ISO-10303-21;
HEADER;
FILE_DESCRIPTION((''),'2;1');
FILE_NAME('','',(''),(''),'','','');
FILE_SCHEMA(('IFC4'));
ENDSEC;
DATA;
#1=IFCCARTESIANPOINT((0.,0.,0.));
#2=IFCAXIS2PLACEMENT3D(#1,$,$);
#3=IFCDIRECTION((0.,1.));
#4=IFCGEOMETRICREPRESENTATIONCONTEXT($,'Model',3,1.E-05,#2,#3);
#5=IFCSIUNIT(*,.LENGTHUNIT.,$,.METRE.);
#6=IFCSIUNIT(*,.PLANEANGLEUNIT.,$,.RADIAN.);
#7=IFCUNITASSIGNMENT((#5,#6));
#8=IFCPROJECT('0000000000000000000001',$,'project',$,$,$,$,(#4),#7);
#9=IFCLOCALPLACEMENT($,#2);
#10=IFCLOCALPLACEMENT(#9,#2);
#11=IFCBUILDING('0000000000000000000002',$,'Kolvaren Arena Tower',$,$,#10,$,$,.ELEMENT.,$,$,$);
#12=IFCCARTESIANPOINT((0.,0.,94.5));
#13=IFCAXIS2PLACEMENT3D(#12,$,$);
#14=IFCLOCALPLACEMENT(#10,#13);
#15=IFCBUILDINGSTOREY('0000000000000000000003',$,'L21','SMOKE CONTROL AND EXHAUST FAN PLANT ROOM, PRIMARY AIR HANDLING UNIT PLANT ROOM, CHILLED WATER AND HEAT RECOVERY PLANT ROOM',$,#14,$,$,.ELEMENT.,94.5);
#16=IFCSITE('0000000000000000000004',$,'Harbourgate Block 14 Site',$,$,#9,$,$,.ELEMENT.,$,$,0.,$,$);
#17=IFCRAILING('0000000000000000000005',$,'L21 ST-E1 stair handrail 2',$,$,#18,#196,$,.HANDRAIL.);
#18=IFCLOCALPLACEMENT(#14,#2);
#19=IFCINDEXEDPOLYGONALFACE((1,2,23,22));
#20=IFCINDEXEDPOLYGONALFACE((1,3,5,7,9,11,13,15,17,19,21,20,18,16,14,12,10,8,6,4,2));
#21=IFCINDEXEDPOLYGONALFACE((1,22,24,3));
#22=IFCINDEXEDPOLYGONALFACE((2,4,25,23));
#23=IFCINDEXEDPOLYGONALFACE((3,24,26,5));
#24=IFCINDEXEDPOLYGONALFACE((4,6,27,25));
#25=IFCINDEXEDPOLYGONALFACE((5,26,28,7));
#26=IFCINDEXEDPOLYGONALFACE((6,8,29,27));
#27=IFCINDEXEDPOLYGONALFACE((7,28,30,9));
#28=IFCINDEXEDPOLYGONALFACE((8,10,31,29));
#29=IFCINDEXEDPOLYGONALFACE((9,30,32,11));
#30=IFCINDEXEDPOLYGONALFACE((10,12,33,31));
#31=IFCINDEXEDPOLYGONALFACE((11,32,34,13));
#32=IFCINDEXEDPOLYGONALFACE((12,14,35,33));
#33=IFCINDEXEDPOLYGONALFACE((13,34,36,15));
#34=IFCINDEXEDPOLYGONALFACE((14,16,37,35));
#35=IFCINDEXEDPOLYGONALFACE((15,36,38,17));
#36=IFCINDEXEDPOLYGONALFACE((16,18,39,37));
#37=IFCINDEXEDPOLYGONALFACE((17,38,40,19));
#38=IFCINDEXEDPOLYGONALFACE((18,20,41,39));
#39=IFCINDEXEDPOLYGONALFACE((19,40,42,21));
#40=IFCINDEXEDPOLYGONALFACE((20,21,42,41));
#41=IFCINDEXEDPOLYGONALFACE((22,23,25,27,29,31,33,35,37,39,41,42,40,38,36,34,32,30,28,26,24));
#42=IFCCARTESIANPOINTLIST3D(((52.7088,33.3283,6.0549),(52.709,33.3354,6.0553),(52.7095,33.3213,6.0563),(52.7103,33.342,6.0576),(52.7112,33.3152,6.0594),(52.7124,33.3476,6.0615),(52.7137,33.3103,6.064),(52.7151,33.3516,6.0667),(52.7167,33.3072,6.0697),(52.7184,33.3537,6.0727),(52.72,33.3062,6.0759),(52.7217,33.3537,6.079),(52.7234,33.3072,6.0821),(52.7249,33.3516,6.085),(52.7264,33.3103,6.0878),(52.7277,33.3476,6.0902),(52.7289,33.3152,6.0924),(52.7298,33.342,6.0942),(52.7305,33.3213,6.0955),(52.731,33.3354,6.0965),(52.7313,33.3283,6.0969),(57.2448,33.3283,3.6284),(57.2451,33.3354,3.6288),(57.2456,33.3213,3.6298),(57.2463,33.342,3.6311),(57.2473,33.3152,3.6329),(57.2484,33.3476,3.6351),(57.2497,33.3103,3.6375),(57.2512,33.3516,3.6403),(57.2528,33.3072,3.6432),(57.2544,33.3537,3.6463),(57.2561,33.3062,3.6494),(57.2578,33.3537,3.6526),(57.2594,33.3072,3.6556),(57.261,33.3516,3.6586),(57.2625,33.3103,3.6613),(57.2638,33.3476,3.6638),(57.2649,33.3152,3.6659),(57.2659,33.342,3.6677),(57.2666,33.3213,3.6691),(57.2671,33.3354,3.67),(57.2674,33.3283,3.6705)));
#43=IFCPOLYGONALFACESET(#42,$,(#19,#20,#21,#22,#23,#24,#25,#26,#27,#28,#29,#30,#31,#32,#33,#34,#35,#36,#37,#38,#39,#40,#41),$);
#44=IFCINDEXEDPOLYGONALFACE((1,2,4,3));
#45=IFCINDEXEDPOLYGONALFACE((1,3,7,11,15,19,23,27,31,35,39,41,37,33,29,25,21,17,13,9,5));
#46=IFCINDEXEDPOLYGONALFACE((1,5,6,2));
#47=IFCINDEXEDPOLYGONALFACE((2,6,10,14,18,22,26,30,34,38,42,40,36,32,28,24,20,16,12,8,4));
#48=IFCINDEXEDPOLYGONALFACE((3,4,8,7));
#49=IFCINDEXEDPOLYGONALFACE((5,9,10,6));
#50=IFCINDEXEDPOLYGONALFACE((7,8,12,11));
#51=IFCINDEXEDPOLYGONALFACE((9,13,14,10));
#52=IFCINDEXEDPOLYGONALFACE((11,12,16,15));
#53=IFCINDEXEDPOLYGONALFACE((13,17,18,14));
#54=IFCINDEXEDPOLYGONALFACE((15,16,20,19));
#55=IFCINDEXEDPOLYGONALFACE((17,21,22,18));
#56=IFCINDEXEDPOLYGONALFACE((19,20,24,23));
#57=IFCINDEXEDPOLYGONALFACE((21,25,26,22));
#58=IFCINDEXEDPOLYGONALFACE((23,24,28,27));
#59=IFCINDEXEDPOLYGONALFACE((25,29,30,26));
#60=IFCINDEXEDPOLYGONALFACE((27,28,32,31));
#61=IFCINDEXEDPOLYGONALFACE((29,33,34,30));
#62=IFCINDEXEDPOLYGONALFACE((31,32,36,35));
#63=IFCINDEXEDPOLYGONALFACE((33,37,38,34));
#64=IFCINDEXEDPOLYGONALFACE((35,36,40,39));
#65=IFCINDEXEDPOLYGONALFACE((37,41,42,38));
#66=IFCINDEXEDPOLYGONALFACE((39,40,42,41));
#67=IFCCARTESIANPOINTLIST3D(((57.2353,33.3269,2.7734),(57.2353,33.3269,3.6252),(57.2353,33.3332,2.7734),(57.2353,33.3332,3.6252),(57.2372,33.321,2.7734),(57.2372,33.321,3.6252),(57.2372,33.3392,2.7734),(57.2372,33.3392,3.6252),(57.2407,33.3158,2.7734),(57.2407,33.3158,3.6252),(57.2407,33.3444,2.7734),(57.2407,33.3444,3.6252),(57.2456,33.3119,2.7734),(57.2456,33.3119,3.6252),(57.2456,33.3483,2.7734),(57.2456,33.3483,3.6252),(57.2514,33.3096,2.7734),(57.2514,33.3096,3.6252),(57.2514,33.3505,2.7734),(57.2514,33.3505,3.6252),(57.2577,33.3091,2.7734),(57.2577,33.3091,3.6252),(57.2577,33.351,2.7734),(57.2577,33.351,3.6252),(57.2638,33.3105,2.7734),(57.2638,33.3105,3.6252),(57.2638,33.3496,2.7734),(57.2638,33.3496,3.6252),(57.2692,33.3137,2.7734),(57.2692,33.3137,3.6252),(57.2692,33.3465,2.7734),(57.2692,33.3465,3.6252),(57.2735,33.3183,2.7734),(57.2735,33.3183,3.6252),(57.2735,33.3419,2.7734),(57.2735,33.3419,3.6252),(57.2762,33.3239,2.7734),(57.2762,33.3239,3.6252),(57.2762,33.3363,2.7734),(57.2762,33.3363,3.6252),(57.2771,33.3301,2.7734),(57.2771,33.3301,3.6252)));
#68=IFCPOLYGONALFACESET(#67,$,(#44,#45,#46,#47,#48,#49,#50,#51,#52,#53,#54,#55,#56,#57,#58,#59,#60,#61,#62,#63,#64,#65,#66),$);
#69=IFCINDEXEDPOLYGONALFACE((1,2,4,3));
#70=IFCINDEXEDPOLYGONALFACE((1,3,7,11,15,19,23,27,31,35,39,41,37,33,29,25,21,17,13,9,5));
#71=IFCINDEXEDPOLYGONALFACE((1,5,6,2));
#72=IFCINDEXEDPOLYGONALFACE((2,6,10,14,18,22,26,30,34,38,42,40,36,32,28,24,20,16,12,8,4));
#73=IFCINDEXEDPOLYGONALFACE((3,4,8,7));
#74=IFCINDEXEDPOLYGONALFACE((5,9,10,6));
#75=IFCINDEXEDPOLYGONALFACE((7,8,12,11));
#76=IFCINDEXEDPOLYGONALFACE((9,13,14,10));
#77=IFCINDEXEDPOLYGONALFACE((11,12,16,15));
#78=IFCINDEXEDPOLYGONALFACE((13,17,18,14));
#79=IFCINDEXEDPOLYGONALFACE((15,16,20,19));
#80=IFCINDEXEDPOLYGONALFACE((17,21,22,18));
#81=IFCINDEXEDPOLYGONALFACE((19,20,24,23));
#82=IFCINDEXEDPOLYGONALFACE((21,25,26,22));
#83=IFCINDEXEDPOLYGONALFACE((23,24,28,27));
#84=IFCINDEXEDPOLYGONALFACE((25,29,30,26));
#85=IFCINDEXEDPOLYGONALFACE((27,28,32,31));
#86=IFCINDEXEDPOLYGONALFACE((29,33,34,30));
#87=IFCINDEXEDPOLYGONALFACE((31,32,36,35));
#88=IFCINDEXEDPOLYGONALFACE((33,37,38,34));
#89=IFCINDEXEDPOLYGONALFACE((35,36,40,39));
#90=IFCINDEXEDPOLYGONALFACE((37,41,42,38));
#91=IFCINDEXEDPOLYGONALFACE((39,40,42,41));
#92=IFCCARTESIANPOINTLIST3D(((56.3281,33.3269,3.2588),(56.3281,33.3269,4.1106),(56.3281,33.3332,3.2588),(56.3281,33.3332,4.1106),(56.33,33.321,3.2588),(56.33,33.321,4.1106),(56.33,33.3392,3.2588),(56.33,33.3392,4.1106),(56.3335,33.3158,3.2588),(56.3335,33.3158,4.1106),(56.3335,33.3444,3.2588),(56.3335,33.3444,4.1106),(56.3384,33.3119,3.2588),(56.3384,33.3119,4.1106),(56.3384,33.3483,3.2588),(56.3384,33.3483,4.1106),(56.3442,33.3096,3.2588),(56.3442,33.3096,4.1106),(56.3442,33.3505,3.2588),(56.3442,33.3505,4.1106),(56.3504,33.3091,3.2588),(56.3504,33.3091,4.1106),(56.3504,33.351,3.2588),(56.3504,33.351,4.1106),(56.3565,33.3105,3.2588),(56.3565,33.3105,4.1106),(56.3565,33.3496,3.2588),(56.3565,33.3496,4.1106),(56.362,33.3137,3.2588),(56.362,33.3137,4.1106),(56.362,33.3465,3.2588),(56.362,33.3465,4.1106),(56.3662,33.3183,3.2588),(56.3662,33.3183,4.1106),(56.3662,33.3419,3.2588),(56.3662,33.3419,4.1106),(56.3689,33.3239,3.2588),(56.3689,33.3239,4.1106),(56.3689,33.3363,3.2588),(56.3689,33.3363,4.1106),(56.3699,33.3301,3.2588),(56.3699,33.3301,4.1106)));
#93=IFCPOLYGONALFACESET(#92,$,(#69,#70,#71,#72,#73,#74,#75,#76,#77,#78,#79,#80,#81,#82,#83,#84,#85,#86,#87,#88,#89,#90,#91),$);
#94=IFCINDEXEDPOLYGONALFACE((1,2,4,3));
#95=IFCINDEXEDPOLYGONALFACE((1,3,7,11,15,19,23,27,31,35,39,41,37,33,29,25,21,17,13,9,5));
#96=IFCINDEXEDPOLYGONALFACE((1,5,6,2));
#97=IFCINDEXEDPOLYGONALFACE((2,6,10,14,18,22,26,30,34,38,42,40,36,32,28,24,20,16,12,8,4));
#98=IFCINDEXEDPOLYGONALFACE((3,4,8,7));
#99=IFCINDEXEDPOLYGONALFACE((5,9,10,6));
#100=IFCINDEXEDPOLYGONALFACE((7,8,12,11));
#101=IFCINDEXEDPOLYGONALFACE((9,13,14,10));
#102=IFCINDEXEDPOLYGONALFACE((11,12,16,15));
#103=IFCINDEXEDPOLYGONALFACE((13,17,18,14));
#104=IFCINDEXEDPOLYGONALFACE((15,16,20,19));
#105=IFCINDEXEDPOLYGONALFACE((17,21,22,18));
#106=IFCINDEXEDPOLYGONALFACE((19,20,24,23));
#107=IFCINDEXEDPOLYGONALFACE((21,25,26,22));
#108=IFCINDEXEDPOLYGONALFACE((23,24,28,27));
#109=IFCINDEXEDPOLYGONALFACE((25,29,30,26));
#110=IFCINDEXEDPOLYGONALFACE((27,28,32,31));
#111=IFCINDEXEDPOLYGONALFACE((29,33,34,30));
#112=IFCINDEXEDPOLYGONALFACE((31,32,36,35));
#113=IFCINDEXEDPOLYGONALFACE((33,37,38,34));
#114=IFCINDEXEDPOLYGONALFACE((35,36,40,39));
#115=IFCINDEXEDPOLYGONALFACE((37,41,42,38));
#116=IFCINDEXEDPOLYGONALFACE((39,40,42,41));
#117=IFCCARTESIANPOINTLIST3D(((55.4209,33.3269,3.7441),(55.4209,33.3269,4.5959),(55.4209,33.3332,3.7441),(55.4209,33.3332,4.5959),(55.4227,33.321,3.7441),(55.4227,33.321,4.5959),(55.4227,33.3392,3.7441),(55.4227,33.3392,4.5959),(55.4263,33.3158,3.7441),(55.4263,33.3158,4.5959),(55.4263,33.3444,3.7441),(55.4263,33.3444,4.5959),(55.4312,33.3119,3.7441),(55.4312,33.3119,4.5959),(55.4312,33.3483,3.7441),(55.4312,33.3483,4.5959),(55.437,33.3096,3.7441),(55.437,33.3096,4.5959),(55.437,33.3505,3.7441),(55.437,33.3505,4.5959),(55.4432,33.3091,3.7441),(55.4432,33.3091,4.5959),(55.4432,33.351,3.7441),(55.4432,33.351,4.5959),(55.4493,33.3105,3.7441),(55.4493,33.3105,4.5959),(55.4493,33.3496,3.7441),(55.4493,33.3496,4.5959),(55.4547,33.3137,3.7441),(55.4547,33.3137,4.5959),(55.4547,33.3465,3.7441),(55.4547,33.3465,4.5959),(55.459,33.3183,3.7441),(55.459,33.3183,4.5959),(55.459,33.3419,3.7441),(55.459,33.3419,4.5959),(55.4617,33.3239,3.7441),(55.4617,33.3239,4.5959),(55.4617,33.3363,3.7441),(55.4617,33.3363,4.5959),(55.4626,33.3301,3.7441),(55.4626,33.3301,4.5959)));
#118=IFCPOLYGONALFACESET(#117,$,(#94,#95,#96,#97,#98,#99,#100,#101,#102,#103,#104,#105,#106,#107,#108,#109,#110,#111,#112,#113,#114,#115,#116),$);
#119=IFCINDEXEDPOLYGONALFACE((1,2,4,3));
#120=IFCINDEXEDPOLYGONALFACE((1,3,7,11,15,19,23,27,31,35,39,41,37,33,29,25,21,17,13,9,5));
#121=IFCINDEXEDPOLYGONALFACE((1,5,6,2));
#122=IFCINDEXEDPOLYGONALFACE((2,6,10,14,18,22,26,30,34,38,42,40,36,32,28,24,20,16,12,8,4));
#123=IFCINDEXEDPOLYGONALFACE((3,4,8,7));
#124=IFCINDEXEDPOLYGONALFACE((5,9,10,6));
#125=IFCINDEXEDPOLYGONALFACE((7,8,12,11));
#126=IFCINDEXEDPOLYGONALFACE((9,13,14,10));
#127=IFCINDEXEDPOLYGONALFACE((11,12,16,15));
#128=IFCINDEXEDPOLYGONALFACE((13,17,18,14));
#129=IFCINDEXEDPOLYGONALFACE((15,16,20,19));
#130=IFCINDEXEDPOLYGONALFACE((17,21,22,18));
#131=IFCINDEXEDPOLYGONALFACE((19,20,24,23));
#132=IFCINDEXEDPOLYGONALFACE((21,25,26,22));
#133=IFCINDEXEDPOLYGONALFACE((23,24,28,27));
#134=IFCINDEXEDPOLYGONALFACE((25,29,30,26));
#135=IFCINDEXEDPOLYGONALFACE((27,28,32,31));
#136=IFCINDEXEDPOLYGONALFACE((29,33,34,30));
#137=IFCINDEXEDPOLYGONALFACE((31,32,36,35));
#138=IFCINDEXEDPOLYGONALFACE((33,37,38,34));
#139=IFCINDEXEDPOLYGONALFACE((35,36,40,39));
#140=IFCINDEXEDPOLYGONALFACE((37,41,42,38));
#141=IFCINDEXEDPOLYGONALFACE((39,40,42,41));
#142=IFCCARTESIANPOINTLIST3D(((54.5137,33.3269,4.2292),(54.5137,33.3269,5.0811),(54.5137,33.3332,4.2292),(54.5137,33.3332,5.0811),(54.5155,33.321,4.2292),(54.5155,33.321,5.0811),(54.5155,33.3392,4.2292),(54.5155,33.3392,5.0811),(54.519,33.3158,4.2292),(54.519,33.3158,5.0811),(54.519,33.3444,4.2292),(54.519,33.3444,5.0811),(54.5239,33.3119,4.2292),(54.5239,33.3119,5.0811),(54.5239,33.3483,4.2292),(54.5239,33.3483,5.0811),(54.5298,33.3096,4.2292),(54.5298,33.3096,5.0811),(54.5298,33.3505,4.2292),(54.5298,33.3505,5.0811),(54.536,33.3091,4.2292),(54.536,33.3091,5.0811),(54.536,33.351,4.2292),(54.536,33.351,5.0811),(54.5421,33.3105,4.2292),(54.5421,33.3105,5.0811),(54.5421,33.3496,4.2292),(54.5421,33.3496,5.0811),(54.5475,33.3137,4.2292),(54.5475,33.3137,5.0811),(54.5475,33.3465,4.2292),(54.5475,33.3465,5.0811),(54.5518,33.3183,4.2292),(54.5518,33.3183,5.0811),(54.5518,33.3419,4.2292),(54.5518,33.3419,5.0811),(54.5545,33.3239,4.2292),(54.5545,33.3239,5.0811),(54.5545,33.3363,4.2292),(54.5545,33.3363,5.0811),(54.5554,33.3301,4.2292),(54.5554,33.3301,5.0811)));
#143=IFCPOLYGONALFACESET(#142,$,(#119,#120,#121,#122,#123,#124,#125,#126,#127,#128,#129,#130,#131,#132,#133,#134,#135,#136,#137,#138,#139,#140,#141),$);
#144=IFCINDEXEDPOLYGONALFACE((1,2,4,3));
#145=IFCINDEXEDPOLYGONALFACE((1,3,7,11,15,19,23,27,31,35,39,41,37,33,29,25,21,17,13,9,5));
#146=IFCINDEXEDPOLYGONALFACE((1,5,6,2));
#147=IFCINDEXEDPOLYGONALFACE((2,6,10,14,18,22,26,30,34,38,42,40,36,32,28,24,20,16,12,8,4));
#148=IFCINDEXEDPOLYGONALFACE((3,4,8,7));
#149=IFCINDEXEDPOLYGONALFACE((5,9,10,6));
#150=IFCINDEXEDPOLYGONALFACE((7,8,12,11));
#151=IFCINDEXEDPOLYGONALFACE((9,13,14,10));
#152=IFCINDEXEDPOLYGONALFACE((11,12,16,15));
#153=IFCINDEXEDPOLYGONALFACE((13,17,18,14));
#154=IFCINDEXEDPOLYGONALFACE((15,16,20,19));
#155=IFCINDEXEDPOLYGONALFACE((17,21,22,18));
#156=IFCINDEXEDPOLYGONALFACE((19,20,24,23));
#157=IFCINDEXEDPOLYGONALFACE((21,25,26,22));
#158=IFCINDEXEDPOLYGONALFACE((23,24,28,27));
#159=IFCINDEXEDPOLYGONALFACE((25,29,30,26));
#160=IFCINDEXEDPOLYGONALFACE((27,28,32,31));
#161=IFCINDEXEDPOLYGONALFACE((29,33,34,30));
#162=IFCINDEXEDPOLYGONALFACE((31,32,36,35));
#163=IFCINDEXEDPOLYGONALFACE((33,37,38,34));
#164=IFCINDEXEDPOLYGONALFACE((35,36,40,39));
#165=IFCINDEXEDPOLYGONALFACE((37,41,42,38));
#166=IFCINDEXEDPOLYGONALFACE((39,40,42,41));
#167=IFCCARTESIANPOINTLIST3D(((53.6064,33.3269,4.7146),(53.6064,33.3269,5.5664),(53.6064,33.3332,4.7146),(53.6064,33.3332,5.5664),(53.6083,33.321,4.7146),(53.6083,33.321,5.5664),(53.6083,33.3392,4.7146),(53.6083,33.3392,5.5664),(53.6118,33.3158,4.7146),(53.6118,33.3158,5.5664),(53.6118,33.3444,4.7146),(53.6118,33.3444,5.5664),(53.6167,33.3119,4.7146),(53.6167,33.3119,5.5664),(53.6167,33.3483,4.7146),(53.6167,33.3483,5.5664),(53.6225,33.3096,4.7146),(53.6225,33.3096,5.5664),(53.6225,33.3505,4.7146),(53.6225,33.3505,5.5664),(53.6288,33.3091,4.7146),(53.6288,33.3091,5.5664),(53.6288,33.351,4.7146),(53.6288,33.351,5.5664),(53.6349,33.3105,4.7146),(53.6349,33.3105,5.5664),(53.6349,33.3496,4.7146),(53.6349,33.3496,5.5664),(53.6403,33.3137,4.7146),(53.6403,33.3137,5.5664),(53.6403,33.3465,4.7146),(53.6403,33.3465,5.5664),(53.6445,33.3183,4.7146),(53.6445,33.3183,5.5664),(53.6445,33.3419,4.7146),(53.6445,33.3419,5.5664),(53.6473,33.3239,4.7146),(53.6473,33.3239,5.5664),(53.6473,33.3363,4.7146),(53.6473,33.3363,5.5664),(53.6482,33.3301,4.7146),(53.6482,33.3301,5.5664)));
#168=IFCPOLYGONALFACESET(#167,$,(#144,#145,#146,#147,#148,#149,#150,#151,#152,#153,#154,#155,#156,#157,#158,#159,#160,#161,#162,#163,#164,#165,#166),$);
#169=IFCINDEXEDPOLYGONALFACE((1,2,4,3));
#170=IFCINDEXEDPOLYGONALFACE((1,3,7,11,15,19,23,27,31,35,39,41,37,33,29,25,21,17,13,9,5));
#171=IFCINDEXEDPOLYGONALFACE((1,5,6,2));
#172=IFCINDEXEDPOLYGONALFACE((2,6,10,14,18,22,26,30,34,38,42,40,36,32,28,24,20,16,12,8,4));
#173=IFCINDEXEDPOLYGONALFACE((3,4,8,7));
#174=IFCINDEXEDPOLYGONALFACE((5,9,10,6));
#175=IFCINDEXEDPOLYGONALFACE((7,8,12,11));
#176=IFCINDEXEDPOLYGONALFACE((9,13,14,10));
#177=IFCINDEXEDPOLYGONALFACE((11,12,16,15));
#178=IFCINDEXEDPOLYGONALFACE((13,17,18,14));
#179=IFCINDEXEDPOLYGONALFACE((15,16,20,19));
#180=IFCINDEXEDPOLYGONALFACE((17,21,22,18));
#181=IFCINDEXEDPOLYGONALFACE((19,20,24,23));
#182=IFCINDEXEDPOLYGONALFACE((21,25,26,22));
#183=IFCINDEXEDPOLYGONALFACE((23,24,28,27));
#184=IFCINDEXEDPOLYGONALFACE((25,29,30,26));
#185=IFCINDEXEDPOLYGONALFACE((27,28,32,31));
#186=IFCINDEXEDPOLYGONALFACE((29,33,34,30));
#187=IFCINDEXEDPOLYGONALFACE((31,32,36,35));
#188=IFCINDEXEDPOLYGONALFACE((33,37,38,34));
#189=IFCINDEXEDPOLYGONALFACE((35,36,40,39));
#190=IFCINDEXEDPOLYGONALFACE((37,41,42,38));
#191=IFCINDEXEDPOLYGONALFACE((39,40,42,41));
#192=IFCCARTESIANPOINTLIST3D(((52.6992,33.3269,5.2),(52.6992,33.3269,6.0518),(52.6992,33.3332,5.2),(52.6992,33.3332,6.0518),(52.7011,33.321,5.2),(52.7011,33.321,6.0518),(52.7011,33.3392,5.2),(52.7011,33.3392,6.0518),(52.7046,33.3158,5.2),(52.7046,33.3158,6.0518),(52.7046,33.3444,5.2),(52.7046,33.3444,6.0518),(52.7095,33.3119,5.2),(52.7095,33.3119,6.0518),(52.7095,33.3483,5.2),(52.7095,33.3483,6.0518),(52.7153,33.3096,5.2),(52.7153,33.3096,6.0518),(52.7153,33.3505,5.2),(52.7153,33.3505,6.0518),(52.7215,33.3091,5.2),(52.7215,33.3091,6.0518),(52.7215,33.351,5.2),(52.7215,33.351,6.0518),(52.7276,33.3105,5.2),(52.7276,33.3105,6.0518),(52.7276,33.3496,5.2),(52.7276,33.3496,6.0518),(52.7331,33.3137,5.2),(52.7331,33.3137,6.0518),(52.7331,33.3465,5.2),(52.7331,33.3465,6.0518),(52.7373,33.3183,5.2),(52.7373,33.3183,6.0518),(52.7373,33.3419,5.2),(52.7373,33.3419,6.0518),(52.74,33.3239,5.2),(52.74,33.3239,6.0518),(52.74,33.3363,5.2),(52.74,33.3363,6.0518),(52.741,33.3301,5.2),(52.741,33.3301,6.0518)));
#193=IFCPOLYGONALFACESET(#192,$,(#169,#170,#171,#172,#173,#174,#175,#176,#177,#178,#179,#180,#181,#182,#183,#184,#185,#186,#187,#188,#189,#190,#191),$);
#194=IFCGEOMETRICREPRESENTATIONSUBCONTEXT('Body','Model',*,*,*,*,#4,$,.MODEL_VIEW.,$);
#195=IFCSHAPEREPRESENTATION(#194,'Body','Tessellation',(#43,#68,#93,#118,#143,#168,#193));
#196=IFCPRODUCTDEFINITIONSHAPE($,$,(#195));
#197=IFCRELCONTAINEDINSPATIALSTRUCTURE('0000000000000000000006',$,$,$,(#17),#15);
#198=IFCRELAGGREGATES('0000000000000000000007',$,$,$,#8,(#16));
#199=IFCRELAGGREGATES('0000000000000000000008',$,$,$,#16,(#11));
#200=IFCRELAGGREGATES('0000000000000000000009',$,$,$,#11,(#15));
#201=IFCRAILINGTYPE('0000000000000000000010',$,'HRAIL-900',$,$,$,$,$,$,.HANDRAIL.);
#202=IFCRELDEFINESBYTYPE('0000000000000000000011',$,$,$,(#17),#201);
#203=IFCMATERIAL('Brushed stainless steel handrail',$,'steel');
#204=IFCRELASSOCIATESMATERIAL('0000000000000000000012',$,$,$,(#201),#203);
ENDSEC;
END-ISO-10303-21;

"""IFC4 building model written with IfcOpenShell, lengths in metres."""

from ifc_helpers import new_model, si_unit, direction, frame, origin, origin_2d, place, context, subcontext, project, spatial, circle, extrude, material, type_object, element, save


model = new_model("IFC4")

# Units and contexts
model_context = context("Model", 3, precision=1e-05, world=origin(), true_north=direction((0.0, 1.0)))
body_context = subcontext(model_context, "Body", "Model", "MODEL_VIEW")
ifc_project = project(units=[si_unit("LENGTHUNIT", "METRE"), si_unit("PLANEANGLEUNIT", "RADIAN")], contexts=[model_context])

# Site, building, storey
site_placement = place(None, origin())
site = spatial("IfcSite", under=ifc_project, at=site_placement, Name="Harbourgate Block 14 Site", CompositionType="ELEMENT", RefElevation=0.0)
building_placement = place(site_placement, origin())
building = spatial("IfcBuilding", under=site, at=building_placement, Name="Kolvaren Arena Tower", CompositionType="ELEMENT")
storey_placement = place(building_placement, frame((0.0, 0.0, 94.5)))
storey = spatial("IfcBuildingStorey", under=building, at=storey_placement, Name="L21", Description="SMOKE CONTROL AND EXHAUST FAN PLANT ROOM, PRIMARY AIR HANDLING UNIT PLANT ROOM, CHILLED WATER AND HEAT RECOVERY PLANT ROOM", CompositionType="ELEMENT", Elevation=94.5)

# Railing
ifc_material_1 = material(Name="Brushed stainless steel handrail", Category="steel")
railing_type_1 = type_object("IfcRailingType", Name="HRAIL-900", PredefinedType="HANDRAIL", material=ifc_material_1)
railing_1_placement = place(storey_placement, frame((57.2561, 33.3301, 2.7734)))
element("IfcRailing", 1, at=railing_1_placement, inside=storey, type_object=railing_type_1, Name="L21 ST-E1 stair handrail 2", PredefinedType="HANDRAIL", context=body_context, shape_type="SweptSolid", body=[
    extrude(circle(Radius=0.0239, at=origin_2d()), frame((0.0, 0.0, 0.876), z_axis=(-0.881768, 0.0, 0.471684), x_axis=(0.0, -1.0, 0.0)), (0.0, 0.0, 1.0), 5.1443),
    extrude(circle(Radius=0.021, at=origin_2d()), origin(), (0.0, 0.0, 1.0), 0.8518),
    extrude(circle(Radius=0.021, at=origin_2d()), frame((-0.9072, 0.0, 0.4854)), (0.0, 0.0, 1.0), 0.8518),
    extrude(circle(Radius=0.021, at=origin_2d()), frame((-1.8145, 0.0, 0.9707)), (0.0, 0.0, 1.0), 0.8518),
    extrude(circle(Radius=0.021, at=origin_2d()), frame((-2.7217, 0.0, 1.4558)), (0.0, 0.0, 1.0), 0.8518),
    extrude(circle(Radius=0.021, at=origin_2d()), frame((-3.6289, 0.0, 1.9412)), (0.0, 0.0, 1.0), 0.8518),
    extrude(circle(Radius=0.021, at=origin_2d()), frame((-4.5361, 0.0, 2.4265)), (0.0, 0.0, 1.0), 0.8518),
])

save(model, "model.ifc")
